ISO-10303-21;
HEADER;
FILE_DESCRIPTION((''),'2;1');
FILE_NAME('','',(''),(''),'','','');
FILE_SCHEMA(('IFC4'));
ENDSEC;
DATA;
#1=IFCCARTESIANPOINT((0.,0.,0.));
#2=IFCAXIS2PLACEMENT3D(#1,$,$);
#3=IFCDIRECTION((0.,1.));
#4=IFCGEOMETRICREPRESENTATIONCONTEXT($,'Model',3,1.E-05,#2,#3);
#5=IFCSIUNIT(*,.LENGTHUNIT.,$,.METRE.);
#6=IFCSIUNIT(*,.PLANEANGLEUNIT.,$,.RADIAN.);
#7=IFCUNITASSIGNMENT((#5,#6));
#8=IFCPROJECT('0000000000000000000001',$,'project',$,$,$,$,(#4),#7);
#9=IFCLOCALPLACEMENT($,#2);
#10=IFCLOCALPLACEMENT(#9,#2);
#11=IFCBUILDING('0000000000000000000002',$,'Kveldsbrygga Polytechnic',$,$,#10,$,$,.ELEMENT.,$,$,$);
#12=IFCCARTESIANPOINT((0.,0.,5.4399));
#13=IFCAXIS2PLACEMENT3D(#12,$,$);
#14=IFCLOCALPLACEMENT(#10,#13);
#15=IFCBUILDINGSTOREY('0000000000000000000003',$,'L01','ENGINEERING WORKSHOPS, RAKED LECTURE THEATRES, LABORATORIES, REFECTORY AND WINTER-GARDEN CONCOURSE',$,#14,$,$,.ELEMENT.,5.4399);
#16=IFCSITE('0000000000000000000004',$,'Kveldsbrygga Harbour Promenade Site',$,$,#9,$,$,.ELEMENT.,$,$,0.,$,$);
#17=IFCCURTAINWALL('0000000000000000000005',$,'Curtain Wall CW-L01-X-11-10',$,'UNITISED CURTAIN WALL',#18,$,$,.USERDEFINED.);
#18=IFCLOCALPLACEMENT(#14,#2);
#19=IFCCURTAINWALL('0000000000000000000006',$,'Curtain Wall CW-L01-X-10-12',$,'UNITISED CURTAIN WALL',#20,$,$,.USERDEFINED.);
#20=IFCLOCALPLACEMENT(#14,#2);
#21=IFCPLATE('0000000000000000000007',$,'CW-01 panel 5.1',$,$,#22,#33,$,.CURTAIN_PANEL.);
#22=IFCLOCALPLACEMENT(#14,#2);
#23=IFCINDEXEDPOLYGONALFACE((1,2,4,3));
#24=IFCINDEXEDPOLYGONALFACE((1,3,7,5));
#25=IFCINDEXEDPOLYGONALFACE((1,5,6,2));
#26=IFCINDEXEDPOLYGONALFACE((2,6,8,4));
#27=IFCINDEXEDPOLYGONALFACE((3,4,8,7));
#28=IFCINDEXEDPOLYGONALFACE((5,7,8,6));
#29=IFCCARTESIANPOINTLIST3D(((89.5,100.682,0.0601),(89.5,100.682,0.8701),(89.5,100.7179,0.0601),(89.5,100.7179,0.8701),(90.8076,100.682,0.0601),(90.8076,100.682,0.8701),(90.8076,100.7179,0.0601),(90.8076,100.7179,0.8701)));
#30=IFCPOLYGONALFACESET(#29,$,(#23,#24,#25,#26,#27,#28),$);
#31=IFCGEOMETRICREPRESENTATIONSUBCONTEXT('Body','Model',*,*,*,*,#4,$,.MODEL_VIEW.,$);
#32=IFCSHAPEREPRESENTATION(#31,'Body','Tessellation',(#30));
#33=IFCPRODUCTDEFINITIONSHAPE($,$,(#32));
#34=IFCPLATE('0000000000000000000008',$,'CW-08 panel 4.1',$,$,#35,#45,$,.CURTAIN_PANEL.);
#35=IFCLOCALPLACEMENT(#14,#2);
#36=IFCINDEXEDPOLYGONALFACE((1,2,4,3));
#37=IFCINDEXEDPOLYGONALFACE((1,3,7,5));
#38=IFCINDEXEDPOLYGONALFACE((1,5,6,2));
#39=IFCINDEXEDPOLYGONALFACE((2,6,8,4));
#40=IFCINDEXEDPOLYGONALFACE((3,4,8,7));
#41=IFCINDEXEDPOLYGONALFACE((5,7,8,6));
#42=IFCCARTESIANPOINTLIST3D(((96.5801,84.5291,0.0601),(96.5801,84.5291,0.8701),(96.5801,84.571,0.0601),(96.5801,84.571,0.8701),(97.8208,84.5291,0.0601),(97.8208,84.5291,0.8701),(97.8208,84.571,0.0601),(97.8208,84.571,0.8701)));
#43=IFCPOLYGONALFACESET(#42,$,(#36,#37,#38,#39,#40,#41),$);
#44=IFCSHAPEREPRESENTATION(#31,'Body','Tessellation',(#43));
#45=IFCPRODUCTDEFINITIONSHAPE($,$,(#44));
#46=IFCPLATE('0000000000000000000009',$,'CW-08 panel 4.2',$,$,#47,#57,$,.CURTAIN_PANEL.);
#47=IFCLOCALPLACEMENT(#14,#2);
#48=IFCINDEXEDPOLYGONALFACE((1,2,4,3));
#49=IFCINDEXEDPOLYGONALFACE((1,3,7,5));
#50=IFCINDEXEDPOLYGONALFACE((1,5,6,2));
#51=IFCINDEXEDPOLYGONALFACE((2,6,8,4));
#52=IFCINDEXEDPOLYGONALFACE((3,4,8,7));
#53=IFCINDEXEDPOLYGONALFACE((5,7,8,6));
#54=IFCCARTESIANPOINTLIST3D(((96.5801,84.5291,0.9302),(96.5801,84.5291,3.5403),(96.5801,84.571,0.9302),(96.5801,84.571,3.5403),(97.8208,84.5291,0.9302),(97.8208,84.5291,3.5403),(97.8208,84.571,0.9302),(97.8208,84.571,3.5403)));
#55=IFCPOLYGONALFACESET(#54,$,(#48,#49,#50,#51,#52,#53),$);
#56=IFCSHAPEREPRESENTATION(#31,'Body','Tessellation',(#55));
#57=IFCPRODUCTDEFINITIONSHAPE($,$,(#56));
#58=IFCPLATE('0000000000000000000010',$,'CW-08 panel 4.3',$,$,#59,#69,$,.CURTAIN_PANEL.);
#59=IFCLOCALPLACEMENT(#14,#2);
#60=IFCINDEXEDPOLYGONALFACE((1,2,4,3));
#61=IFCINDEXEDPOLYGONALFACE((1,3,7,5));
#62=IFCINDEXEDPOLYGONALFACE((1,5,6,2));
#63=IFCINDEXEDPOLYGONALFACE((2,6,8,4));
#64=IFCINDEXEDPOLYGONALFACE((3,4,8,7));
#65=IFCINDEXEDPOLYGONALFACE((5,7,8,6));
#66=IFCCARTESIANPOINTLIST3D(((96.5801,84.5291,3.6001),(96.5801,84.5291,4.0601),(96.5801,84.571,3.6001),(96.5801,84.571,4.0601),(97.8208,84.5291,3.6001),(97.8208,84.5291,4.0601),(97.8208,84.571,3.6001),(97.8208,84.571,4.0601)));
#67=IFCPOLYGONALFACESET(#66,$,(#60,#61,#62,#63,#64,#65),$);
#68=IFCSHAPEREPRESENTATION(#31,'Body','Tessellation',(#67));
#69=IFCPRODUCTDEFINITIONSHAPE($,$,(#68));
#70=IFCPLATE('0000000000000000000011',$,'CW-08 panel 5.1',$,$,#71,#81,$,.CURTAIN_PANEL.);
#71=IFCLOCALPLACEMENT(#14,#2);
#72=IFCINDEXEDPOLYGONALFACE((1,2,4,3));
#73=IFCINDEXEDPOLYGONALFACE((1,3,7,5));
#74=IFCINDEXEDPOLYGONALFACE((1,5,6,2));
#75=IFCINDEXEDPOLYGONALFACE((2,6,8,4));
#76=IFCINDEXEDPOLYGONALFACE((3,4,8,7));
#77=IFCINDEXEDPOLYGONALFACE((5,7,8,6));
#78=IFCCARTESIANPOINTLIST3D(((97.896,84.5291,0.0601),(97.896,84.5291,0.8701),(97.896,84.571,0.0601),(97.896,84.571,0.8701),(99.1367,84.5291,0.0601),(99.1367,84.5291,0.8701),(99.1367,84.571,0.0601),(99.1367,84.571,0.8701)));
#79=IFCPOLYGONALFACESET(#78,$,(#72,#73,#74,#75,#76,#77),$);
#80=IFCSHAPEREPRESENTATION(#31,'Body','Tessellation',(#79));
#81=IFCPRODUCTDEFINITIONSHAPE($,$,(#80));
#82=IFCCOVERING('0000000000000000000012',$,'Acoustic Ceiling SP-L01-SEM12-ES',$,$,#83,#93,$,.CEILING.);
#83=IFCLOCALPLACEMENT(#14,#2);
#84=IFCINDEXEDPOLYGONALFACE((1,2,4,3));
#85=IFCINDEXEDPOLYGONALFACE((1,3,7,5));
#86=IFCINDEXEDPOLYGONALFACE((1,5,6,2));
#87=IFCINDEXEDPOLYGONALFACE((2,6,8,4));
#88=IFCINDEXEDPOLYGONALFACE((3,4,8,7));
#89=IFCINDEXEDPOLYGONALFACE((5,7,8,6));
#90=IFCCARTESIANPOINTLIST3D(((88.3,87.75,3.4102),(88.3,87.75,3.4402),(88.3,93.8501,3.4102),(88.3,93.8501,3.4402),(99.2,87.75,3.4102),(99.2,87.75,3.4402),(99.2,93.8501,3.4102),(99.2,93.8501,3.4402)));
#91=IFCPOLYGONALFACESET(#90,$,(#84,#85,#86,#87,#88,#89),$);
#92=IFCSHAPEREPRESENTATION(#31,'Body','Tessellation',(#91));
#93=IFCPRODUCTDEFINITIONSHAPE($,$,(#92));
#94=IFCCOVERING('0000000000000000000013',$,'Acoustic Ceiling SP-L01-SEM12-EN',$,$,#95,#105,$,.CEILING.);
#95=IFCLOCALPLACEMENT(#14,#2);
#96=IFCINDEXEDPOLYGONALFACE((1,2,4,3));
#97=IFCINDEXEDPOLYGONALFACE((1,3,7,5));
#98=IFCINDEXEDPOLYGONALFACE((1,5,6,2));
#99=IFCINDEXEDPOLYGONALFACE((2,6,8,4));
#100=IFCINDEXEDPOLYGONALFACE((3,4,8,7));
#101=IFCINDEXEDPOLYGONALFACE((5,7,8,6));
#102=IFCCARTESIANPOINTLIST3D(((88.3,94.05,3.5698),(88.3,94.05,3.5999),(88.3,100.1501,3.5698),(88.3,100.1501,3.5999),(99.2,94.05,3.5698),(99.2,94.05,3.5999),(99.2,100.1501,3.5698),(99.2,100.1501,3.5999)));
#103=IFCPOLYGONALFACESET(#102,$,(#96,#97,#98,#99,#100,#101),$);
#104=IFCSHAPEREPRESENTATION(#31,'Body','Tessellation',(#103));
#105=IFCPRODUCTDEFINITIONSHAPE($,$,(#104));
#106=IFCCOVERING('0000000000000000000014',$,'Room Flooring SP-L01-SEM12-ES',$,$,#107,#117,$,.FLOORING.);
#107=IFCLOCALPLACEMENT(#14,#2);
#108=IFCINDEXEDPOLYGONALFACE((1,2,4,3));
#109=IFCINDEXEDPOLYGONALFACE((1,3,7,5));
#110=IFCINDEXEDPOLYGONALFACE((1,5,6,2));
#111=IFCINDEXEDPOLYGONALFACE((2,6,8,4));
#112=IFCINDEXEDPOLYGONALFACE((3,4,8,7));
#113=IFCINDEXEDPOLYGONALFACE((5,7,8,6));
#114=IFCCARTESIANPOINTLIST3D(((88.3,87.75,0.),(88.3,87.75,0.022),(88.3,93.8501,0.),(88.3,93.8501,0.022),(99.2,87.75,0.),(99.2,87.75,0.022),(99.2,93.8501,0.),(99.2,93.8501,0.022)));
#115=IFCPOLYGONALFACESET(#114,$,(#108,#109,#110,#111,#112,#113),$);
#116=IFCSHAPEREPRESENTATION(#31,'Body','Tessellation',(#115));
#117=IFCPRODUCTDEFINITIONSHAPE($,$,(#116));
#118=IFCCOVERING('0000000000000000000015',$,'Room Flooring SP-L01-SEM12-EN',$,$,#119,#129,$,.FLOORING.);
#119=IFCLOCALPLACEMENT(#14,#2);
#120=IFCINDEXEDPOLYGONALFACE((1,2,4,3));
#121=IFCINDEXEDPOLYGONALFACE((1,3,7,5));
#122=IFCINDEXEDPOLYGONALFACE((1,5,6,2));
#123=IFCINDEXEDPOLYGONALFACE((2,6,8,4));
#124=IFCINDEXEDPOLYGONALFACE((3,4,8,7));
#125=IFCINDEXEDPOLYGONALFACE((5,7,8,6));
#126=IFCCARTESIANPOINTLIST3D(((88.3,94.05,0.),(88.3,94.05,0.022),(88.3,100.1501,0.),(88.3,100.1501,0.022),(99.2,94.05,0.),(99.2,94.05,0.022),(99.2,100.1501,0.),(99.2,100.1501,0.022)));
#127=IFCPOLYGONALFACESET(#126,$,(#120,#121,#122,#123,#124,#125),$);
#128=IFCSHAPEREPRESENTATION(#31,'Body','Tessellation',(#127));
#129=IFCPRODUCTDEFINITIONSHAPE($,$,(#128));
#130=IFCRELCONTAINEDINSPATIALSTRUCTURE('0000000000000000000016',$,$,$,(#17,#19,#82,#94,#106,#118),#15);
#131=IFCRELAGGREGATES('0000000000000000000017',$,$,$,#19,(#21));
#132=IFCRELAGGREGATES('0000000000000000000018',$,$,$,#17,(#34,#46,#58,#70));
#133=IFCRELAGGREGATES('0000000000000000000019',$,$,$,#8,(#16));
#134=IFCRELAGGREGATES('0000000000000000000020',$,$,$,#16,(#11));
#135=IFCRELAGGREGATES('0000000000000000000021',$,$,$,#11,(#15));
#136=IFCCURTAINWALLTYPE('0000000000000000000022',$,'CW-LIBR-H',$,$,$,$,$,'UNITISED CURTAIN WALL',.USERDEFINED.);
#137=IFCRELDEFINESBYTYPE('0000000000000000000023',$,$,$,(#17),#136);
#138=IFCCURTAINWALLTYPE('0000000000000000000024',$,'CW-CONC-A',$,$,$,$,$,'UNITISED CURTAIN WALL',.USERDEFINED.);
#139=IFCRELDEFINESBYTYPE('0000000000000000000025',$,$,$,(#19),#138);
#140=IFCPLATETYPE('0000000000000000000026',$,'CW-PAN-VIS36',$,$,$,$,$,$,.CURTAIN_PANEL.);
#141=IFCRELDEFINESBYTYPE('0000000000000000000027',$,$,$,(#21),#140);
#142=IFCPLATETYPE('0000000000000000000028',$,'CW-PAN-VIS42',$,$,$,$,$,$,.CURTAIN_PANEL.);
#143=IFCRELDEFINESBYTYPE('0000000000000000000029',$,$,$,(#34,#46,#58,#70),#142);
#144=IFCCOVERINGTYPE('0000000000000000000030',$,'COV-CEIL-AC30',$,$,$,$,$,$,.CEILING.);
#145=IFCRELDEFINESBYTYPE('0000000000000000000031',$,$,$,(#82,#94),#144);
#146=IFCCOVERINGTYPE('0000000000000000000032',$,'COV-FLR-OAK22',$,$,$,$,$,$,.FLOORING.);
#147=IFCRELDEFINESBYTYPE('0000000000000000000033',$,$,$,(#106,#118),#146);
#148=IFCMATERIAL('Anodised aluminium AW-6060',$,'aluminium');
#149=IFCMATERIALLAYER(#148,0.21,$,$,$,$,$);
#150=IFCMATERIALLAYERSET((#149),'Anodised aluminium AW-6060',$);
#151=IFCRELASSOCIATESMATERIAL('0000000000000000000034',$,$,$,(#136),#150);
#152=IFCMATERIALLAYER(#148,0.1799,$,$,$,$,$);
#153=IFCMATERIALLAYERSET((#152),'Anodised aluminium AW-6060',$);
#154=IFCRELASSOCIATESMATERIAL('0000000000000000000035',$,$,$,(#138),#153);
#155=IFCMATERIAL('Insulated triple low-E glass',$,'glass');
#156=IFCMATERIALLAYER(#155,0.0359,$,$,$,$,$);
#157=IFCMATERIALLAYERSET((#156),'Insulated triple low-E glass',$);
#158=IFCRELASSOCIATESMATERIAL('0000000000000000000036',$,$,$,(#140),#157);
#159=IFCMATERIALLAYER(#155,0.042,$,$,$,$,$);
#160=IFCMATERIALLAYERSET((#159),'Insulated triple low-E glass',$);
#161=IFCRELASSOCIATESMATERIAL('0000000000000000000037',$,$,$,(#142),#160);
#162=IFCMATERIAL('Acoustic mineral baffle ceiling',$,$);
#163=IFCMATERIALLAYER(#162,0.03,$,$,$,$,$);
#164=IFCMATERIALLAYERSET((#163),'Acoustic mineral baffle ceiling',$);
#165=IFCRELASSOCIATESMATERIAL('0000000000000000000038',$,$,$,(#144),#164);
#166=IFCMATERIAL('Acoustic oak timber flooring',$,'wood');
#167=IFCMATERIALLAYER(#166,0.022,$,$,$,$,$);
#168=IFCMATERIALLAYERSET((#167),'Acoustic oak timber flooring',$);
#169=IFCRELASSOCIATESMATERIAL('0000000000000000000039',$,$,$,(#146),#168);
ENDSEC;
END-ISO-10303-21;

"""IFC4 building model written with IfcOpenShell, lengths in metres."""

from ifc_helpers import new_model, si_unit, direction, frame, origin, origin_2d, place, context, subcontext, project, spatial, rectangle, extrude, material, layer, layer_set, type_object, element, aggregate, save


model = new_model("IFC4")

# Units and contexts
model_context = context("Model", 3, precision=1e-05, world=origin(), true_north=direction((0.0, 1.0)))
body_context = subcontext(model_context, "Body", "Model", "MODEL_VIEW")
ifc_project = project(units=[si_unit("LENGTHUNIT", "METRE"), si_unit("PLANEANGLEUNIT", "RADIAN")], contexts=[model_context])

# Site, building, storey
site_placement = place(None, origin())
site = spatial("IfcSite", under=ifc_project, at=site_placement, Name="Kveldsbrygga Harbour Promenade Site", CompositionType="ELEMENT", RefElevation=0.0)
building_placement = place(site_placement, origin())
building = spatial("IfcBuilding", under=site, at=building_placement, Name="Kveldsbrygga Polytechnic", CompositionType="ELEMENT")
storey_placement = place(building_placement, frame((0.0, 0.0, 5.4399)))
storey = spatial("IfcBuildingStorey", under=building, at=storey_placement, Name="L01", Description="ENGINEERING WORKSHOPS, RAKED LECTURE THEATRES, LABORATORIES, REFECTORY AND WINTER-GARDEN CONCOURSE", CompositionType="ELEMENT", Elevation=5.4399)

# Curtain wall
ifc_material_1 = material(Name="Anodised aluminium AW-6060", Category="aluminium")
ifc_layer_1 = layer(ifc_material_1, 0.21)
ifc_layer_set_1 = layer_set([ifc_layer_1], Name="Anodised aluminium AW-6060")
curtain_wall_type_1 = type_object("IfcCurtainWallType", Name="CW-LIBR-H", ElementType="UNITISED CURTAIN WALL", PredefinedType="USERDEFINED", material=ifc_layer_set_1)
curtain_wall_1_placement = place(storey_placement, origin())
curtain_wall_1 = element("IfcCurtainWall", 1, at=curtain_wall_1_placement, inside=storey, type_object=curtain_wall_type_1, Name="Curtain Wall CW-L01-X-11-10", ObjectType="UNITISED CURTAIN WALL", PredefinedType="USERDEFINED")

# Curtain wall, plate
ifc_layer_2 = layer(ifc_material_1, 0.1799)
ifc_layer_set_2 = layer_set([ifc_layer_2], Name="Anodised aluminium AW-6060")
curtain_wall_type_2 = type_object("IfcCurtainWallType", Name="CW-CONC-A", ElementType="UNITISED CURTAIN WALL", PredefinedType="USERDEFINED", material=ifc_layer_set_2)
curtain_wall_2_placement = place(storey_placement, origin())
curtain_wall_2 = element("IfcCurtainWall", 2, at=curtain_wall_2_placement, inside=storey, type_object=curtain_wall_type_2, Name="Curtain Wall CW-L01-X-10-12", ObjectType="UNITISED CURTAIN WALL", PredefinedType="USERDEFINED")
ifc_material_2 = material(Name="Insulated triple low-E glass", Category="glass")
ifc_layer_3 = layer(ifc_material_2, 0.0359)
ifc_layer_set_3 = layer_set([ifc_layer_3], Name="Insulated triple low-E glass")
plate_type_1 = type_object("IfcPlateType", Name="CW-PAN-VIS36", PredefinedType="CURTAIN_PANEL", material=ifc_layer_set_3)
plate_1_placement = place(storey_placement, frame((90.1538, 100.7, 0.0601), z_axis=(0.0, 0.0, 1.0), x_axis=(1.0, 0.0, 0.0)))
plate_1 = element("IfcPlate", 3, at=plate_1_placement, type_object=plate_type_1, Name="CW-01 panel 5.1", PredefinedType="CURTAIN_PANEL", context=body_context, shape_type="SweptSolid", body=[
    extrude(rectangle(XDim=1.3076, YDim=0.0359, at=origin_2d()), origin(), (0.0, 0.0, 1.0), 0.8101),
])
aggregate(curtain_wall_2, [plate_1])

# Plates
ifc_layer_4 = layer(ifc_material_2, 0.042)
ifc_layer_set_4 = layer_set([ifc_layer_4], Name="Insulated triple low-E glass")
plate_type_2 = type_object("IfcPlateType", Name="CW-PAN-VIS42", PredefinedType="CURTAIN_PANEL", material=ifc_layer_set_4)
plate_2_placement = place(storey_placement, frame((97.2004, 84.55, 0.0601), z_axis=(0.0, 0.0, 1.0), x_axis=(1.0, 0.0, 0.0)))
plate_2 = element("IfcPlate", 4, at=plate_2_placement, type_object=plate_type_2, Name="CW-08 panel 4.1", PredefinedType="CURTAIN_PANEL", context=body_context, shape_type="SweptSolid", body=[
    extrude(rectangle(XDim=1.2407, YDim=0.042, at=origin_2d()), origin(), (0.0, 0.0, 1.0), 0.8101),
])
plate_3_placement = place(storey_placement, frame((97.2004, 84.55, 0.9302), z_axis=(0.0, 0.0, 1.0), x_axis=(1.0, 0.0, 0.0)))
plate_3 = element("IfcPlate", 5, at=plate_3_placement, type_object=plate_type_2, Name="CW-08 panel 4.2", PredefinedType="CURTAIN_PANEL", context=body_context, shape_type="SweptSolid", body=[
    extrude(rectangle(XDim=1.2407, YDim=0.042, at=origin_2d()), origin(), (0.0, 0.0, 1.0), 2.6101),
])
plate_4_placement = place(storey_placement, frame((97.2004, 84.55, 3.6001), z_axis=(0.0, 0.0, 1.0), x_axis=(1.0, 0.0, 0.0)))
plate_4 = element("IfcPlate", 6, at=plate_4_placement, type_object=plate_type_2, Name="CW-08 panel 4.3", PredefinedType="CURTAIN_PANEL", context=body_context, shape_type="SweptSolid", body=[
    extrude(rectangle(XDim=1.2407, YDim=0.042, at=origin_2d()), origin(), (0.0, 0.0, 1.0), 0.46),
])
plate_5_placement = place(storey_placement, frame((98.5164, 84.55, 0.0601), z_axis=(0.0, 0.0, 1.0), x_axis=(1.0, 0.0, 0.0)))
plate_5 = element("IfcPlate", 7, at=plate_5_placement, type_object=plate_type_2, Name="CW-08 panel 5.1", PredefinedType="CURTAIN_PANEL", context=body_context, shape_type="SweptSolid", body=[
    extrude(rectangle(XDim=1.2407, YDim=0.042, at=origin_2d()), origin(), (0.0, 0.0, 1.0), 0.8101),
])
aggregate(curtain_wall_1, [plate_2, plate_3, plate_4, plate_5])

# Coverings
ifc_material_3 = material(Name="Acoustic mineral baffle ceiling")
ifc_layer_5 = layer(ifc_material_3, 0.03)
ifc_layer_set_5 = layer_set([ifc_layer_5], Name="Acoustic mineral baffle ceiling")
covering_type_1 = type_object("IfcCoveringType", Name="COV-CEIL-AC30", PredefinedType="CEILING", material=ifc_layer_set_5)
for number, where, z_axis, x_axis, name in (
    (8, (93.75, 90.8, 3.4102), (0.0, 0.0, 1.0), (1.0, 0.0, 0.0), "Acoustic Ceiling SP-L01-SEM12-ES"),
    (9, (93.75, 97.1001, 3.5698), (0.0, 0.0, 1.0), (1.0, 0.0, 0.0), "Acoustic Ceiling SP-L01-SEM12-EN"),
):
    element("IfcCovering", number, at=place(storey_placement, frame(where, z_axis=z_axis, x_axis=x_axis)), inside=storey, type_object=covering_type_1, Name=name, PredefinedType="CEILING", context=body_context, shape_type="SweptSolid", body=[
        extrude(rectangle(XDim=10.8999, YDim=6.1001, at=origin_2d()), origin(), (0.0, 0.0, 1.0), 0.03),
    ])
ifc_material_4 = material(Name="Acoustic oak timber flooring", Category="wood")
ifc_layer_6 = layer(ifc_material_4, 0.022)
ifc_layer_set_6 = layer_set([ifc_layer_6], Name="Acoustic oak timber flooring")
covering_type_2 = type_object("IfcCoveringType", Name="COV-FLR-OAK22", PredefinedType="FLOORING", material=ifc_layer_set_6)
for number, where, z_axis, x_axis, name in (
    (10, (93.75, 90.8, 0.0), (0.0, 0.0, 1.0), (1.0, 0.0, 0.0), "Room Flooring SP-L01-SEM12-ES"),
    (11, (93.75, 97.1001, 0.0), (0.0, 0.0, 1.0), (1.0, 0.0, 0.0), "Room Flooring SP-L01-SEM12-EN"),
):
    element("IfcCovering", number, at=place(storey_placement, frame(where, z_axis=z_axis, x_axis=x_axis)), inside=storey, type_object=covering_type_2, Name=name, PredefinedType="FLOORING", context=body_context, shape_type="SweptSolid", body=[
        extrude(rectangle(XDim=10.8999, YDim=6.1001, at=origin_2d()), origin(), (0.0, 0.0, 1.0), 0.022),
    ])

save(model, "model.ifc")
